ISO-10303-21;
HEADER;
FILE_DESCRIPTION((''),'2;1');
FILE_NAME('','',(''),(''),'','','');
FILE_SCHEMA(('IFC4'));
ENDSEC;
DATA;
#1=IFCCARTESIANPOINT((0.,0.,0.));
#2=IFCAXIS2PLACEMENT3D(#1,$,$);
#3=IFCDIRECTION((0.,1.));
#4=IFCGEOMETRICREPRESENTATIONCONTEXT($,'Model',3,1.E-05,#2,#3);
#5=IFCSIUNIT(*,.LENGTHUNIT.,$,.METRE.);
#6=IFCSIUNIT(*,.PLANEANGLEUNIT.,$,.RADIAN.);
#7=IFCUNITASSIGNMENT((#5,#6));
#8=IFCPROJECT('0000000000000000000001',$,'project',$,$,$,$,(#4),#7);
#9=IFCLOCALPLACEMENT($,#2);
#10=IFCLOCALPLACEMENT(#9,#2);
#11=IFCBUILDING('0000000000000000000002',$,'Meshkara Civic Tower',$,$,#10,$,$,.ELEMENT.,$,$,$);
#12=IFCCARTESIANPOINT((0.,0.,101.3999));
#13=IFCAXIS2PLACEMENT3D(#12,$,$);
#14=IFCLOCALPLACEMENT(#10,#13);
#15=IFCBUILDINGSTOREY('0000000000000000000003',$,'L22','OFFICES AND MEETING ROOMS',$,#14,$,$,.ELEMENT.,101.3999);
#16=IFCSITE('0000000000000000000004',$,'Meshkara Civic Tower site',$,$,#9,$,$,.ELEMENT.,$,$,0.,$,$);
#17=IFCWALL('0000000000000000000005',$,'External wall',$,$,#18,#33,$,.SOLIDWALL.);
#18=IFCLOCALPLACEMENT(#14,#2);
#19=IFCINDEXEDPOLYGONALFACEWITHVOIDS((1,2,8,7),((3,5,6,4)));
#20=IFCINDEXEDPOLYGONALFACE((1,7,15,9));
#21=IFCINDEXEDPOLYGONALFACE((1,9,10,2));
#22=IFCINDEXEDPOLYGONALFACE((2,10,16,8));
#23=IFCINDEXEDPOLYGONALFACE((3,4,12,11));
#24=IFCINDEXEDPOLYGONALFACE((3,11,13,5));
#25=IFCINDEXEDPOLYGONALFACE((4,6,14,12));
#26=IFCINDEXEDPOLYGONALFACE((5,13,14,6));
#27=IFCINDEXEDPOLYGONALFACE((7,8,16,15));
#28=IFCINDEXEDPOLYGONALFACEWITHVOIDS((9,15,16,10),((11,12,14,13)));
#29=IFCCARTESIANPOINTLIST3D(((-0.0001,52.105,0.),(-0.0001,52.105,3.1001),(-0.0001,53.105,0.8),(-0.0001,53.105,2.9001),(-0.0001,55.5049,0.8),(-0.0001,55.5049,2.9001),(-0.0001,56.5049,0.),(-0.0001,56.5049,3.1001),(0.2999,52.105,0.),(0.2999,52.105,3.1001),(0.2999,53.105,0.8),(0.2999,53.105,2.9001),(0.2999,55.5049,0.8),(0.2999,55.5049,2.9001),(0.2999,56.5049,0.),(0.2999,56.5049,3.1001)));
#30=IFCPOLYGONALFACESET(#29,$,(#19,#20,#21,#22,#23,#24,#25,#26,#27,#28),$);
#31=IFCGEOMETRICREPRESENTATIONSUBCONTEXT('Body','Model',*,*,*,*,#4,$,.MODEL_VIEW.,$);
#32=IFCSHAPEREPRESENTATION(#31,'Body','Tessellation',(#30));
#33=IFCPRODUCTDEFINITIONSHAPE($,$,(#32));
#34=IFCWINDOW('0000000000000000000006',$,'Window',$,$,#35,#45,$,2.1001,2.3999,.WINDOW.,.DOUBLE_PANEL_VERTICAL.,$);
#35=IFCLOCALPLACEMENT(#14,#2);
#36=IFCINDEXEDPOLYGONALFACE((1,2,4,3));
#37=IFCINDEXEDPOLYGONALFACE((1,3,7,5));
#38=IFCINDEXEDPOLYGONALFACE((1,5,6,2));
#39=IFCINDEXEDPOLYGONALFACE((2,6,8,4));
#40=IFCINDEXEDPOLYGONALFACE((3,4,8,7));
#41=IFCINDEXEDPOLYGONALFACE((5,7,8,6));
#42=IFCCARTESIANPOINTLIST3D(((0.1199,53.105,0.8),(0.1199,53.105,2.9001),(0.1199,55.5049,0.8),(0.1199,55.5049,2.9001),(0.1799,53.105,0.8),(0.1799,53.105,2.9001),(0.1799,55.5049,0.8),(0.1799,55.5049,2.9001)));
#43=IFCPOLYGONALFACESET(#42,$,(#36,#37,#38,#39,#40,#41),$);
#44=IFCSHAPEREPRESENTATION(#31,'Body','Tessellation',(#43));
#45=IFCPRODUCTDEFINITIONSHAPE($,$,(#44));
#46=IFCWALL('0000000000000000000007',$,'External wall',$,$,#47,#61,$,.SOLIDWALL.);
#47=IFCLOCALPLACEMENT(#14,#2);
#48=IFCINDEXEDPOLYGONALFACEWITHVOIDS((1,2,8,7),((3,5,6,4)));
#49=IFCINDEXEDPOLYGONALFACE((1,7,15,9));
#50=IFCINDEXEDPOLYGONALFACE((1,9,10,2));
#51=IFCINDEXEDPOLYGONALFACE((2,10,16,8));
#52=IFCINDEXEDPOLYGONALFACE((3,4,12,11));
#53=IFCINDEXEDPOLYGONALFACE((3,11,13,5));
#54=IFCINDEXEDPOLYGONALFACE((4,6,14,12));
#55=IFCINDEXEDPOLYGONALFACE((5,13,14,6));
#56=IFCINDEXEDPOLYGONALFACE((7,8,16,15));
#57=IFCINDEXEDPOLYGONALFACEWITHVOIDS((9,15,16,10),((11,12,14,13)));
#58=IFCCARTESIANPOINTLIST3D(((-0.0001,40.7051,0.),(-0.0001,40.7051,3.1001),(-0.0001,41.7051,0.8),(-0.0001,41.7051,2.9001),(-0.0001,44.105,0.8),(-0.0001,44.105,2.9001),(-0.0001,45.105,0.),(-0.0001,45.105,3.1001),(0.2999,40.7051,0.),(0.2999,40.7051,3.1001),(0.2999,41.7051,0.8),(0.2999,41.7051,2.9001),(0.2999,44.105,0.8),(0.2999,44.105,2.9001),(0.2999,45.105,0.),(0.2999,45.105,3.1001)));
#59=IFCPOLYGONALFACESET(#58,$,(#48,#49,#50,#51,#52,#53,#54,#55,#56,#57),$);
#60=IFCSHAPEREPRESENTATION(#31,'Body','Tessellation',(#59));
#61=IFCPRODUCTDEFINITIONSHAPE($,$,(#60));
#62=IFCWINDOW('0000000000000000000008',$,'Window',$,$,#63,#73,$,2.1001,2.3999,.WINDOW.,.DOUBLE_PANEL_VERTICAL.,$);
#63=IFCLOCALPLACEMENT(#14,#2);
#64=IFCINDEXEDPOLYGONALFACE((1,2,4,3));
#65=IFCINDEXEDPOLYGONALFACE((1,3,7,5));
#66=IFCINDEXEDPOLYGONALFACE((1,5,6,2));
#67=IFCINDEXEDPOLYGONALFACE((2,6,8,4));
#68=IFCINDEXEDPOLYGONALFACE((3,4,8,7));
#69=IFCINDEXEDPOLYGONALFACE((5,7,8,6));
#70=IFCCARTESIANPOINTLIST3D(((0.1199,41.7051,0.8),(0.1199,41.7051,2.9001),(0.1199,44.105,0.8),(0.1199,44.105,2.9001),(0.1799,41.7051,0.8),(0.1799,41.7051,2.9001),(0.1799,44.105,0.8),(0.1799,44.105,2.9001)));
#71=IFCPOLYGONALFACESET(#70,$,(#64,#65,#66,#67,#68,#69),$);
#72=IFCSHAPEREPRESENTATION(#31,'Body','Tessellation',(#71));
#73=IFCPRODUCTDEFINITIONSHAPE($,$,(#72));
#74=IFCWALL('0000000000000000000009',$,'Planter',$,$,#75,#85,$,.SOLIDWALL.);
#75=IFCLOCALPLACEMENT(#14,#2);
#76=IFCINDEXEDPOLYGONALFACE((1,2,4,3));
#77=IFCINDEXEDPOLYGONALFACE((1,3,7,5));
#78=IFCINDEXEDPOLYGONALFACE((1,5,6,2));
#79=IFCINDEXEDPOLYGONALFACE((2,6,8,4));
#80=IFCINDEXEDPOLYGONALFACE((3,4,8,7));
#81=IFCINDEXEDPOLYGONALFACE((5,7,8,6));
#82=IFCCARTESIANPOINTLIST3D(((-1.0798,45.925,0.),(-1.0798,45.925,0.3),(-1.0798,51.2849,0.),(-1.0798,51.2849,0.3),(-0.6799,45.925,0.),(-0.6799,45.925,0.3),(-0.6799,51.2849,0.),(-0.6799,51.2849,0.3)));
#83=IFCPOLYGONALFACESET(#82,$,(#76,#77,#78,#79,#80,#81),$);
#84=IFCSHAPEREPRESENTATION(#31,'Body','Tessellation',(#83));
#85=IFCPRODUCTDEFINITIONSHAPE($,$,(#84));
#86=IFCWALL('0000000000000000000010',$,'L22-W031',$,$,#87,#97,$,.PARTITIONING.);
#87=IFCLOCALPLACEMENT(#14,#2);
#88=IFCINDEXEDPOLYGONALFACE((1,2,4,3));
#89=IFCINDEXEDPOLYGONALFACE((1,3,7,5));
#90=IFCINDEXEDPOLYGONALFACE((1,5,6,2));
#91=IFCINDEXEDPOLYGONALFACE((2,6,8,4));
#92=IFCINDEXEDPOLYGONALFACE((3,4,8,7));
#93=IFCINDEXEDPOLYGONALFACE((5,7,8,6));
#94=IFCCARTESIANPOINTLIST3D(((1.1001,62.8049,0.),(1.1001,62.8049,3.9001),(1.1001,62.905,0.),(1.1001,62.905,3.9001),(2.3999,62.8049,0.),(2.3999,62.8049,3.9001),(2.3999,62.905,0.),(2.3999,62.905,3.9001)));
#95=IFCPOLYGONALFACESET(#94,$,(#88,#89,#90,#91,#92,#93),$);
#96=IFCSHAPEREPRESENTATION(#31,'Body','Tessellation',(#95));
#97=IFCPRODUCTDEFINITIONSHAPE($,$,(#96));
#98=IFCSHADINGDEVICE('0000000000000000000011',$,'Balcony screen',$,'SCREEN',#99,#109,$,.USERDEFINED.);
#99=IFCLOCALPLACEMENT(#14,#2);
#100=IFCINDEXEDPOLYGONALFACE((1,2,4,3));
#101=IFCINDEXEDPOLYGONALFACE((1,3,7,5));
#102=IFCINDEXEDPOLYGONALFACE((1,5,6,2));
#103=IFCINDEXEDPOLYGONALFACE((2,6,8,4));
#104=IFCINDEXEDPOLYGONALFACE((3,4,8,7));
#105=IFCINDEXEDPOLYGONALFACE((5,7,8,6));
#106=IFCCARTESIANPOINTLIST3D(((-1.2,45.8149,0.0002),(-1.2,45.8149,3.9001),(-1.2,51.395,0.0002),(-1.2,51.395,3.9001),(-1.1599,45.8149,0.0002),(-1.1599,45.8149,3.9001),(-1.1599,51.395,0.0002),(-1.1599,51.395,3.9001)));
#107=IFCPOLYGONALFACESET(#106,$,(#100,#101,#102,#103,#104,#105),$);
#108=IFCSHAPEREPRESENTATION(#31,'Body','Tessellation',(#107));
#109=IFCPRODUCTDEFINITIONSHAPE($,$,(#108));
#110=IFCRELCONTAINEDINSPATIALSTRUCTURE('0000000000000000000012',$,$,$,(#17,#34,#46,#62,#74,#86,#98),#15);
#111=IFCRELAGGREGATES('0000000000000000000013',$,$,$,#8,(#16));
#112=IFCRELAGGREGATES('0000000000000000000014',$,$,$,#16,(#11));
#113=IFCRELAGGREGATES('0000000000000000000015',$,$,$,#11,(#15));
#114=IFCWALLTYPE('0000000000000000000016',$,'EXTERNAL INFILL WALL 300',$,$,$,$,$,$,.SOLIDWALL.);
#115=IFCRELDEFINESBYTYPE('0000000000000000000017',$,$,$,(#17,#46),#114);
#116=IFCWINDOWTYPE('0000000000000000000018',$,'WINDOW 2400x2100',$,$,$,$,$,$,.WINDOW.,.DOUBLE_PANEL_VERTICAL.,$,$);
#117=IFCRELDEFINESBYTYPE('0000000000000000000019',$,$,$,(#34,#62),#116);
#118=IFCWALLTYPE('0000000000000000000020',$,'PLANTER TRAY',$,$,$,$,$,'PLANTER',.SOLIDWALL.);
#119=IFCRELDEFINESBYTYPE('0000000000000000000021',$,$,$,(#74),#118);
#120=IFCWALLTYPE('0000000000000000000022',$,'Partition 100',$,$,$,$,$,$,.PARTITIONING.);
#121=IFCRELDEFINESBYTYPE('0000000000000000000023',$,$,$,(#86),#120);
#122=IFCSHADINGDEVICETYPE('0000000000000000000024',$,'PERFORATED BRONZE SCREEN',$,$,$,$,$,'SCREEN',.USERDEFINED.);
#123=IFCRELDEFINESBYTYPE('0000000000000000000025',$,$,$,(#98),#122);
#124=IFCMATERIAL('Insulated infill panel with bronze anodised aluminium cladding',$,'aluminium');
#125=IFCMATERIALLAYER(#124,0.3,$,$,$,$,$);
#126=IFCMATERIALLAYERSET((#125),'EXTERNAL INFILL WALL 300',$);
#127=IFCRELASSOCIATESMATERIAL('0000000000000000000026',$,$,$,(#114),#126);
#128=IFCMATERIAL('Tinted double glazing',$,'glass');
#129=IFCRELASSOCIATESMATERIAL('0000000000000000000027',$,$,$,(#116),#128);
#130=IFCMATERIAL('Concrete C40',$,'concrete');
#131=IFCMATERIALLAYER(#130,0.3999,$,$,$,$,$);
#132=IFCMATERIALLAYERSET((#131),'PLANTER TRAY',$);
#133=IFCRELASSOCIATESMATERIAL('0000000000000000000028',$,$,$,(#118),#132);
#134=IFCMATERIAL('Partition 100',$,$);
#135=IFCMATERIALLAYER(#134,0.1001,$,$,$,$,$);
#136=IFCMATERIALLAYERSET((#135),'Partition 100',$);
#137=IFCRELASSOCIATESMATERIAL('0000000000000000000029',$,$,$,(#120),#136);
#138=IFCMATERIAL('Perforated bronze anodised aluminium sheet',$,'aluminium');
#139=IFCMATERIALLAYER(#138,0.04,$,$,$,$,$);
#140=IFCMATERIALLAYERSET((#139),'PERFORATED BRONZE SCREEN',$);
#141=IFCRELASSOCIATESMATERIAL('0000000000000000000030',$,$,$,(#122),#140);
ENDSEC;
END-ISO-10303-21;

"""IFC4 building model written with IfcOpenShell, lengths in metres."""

from ifc_helpers import new_model, si_unit, direction, frame, frame_2d, origin, origin_2d, place, context, subcontext, project, spatial, rectangle, extrude, material, layer, layer_set, type_object, element, fill, save


model = new_model("IFC4")

# Units and contexts
model_context = context("Model", 3, precision=1e-05, world=origin(), true_north=direction((0.0, 1.0)))
body_context = subcontext(model_context, "Body", "Model", "MODEL_VIEW")
ifc_project = project(units=[si_unit("LENGTHUNIT", "METRE"), si_unit("PLANEANGLEUNIT", "RADIAN")], contexts=[model_context])

# Site, building, storey
site_placement = place(None, origin())
site = spatial("IfcSite", under=ifc_project, at=site_placement, Name="Meshkara Civic Tower site", CompositionType="ELEMENT", RefElevation=0.0)
building_placement = place(site_placement, origin())
building = spatial("IfcBuilding", under=site, at=building_placement, Name="Meshkara Civic Tower", CompositionType="ELEMENT")
storey_placement = place(building_placement, frame((0.0, 0.0, 101.3999)))
storey = spatial("IfcBuildingStorey", under=building, at=storey_placement, Name="L22", Description="OFFICES AND MEETING ROOMS", CompositionType="ELEMENT", Elevation=101.3999)

# Walls, openings, windows
ifc_material_1 = material(Name="Insulated infill panel with bronze anodised aluminium cladding", Category="aluminium")
ifc_layer_1 = layer(ifc_material_1, 0.3)
ifc_layer_set_1 = layer_set([ifc_layer_1], Name="EXTERNAL INFILL WALL 300")
wall_type_1 = type_object("IfcWallType", Name="EXTERNAL INFILL WALL 300", PredefinedType="SOLIDWALL", material=ifc_layer_set_1)
ifc_material_2 = material(Name="Tinted double glazing", Category="glass")
window_type = type_object("IfcWindowType", Name="WINDOW 2400x2100", PartitioningType="DOUBLE_PANEL_VERTICAL", PredefinedType="WINDOW", material=ifc_material_2)
wall_1_placement = place(storey_placement, frame((0.1499, 56.5049, 0.0), z_axis=(0.0, 0.0, 1.0), x_axis=(0.0, -1.0, 0.0)))
wall_1 = element("IfcWall", 1, at=wall_1_placement, inside=storey, type_object=wall_type_1, Name="External wall", PredefinedType="SOLIDWALL", context=body_context, shape_type="SweptSolid", body=[
    extrude(rectangle(XDim=4.3999, YDim=0.3, at=frame_2d((2.2, 0.0))), origin(), (0.0, 0.0, 1.0), 3.1001),
])
opening_1_placement = place(wall_1_placement, frame((1.0, 0.0, 0.8)))
opening_1 = element("IfcOpeningElement", 2, at=opening_1_placement, cuts=wall_1, PredefinedType="OPENING", context=body_context, shape_type="SweptSolid", body=[
    extrude(rectangle(XDim=2.3999, YDim=2.1001, at=frame_2d((1.2, 1.05))), frame((0.0, 0.1599, 0.0), z_axis=(0.0, -1.0, 0.0), x_axis=(1.0, 0.0, 0.0)), (0.0, 0.0, 1.0), 0.3201),
])
window_1_placement = place(opening_1_placement, origin())
window_1 = element("IfcWindow", 3, at=window_1_placement, inside=storey, type_object=window_type, Name="Window", OverallHeight=2.1001, OverallWidth=2.3999, PartitioningType="DOUBLE_PANEL_VERTICAL", PredefinedType="WINDOW", context=body_context, shape_type="SweptSolid", body=[
    extrude(rectangle(XDim=2.3999, YDim=2.1001, at=frame_2d((1.2, 1.05))), frame((0.0, 0.03, 0.0), z_axis=(0.0, -1.0, 0.0), x_axis=(1.0, 0.0, 0.0)), (0.0, 0.0, 1.0), 0.0601),
])
fill(opening_1, window_1)
wall_2_placement = place(storey_placement, frame((0.1499, 45.105, 0.0), z_axis=(0.0, 0.0, 1.0), x_axis=(0.0, -1.0, 0.0)))
wall_2 = element("IfcWall", 4, at=wall_2_placement, inside=storey, type_object=wall_type_1, Name="External wall", PredefinedType="SOLIDWALL", context=body_context, shape_type="SweptSolid", body=[
    extrude(rectangle(XDim=4.3999, YDim=0.3, at=frame_2d((2.2, 0.0))), origin(), (0.0, 0.0, 1.0), 3.1001),
])
opening_2_placement = place(wall_2_placement, frame((1.0, 0.0, 0.8)))
opening_2 = element("IfcOpeningElement", 5, at=opening_2_placement, cuts=wall_2, PredefinedType="OPENING", context=body_context, shape_type="SweptSolid", body=[
    extrude(rectangle(XDim=2.3999, YDim=2.1001, at=frame_2d((1.2, 1.05))), frame((0.0, 0.1599, 0.0), z_axis=(0.0, -1.0, 0.0), x_axis=(1.0, 0.0, 0.0)), (0.0, 0.0, 1.0), 0.3201),
])
window_2_placement = place(opening_2_placement, origin())
window_2 = element("IfcWindow", 6, at=window_2_placement, inside=storey, type_object=window_type, Name="Window", OverallHeight=2.1001, OverallWidth=2.3999, PartitioningType="DOUBLE_PANEL_VERTICAL", PredefinedType="WINDOW", context=body_context, shape_type="SweptSolid", body=[
    extrude(rectangle(XDim=2.3999, YDim=2.1001, at=frame_2d((1.2, 1.05))), frame((0.0, 0.03, 0.0), z_axis=(0.0, -1.0, 0.0), x_axis=(1.0, 0.0, 0.0)), (0.0, 0.0, 1.0), 0.0601),
])
fill(opening_2, window_2)

# Walls
ifc_material_3 = material(Name="Concrete C40", Category="concrete")
ifc_layer_2 = layer(ifc_material_3, 0.3999)
ifc_layer_set_2 = layer_set([ifc_layer_2], Name="PLANTER TRAY")
wall_type_2 = type_object("IfcWallType", Name="PLANTER TRAY", ElementType="PLANTER", PredefinedType="SOLIDWALL", material=ifc_layer_set_2)
wall_3_placement = place(storey_placement, frame((-0.8799, 51.2849, 0.0), z_axis=(0.0, 0.0, 1.0), x_axis=(0.0, -1.0, 0.0)))
element("IfcWall", 7, at=wall_3_placement, inside=storey, type_object=wall_type_2, Name="Planter", PredefinedType="SOLIDWALL", context=body_context, shape_type="SweptSolid", body=[
    extrude(rectangle(XDim=5.3599, YDim=0.3999, at=frame_2d((2.6799, 0.0))), origin(), (0.0, 0.0, 1.0), 0.3),
])
ifc_material_4 = material(Name="Partition 100")
ifc_layer_3 = layer(ifc_material_4, 0.1001)
ifc_layer_set_3 = layer_set([ifc_layer_3], Name="Partition 100")
wall_type_3 = type_object("IfcWallType", Name="Partition 100", PredefinedType="PARTITIONING", material=ifc_layer_set_3)
wall_4_placement = place(storey_placement, frame((2.3999, 62.855, 0.0), z_axis=(0.0, 0.0, 1.0), x_axis=(-1.0, 0.0, 0.0)))
element("IfcWall", 8, at=wall_4_placement, inside=storey, type_object=wall_type_3, Name="L22-W031", PredefinedType="PARTITIONING", context=body_context, shape_type="SweptSolid", body=[
    extrude(rectangle(XDim=1.2998, YDim=0.1001, at=frame_2d((0.6499, 0.0))), origin(), (0.0, 0.0, 1.0), 3.9001),
])

# Shading device
ifc_material_5 = material(Name="Perforated bronze anodised aluminium sheet", Category="aluminium")
ifc_layer_4 = layer(ifc_material_5, 0.04)
ifc_layer_set_4 = layer_set([ifc_layer_4], Name="PERFORATED BRONZE SCREEN")
shading_device_type = type_object("IfcShadingDeviceType", Name="PERFORATED BRONZE SCREEN", ElementType="SCREEN", PredefinedType="USERDEFINED", material=ifc_layer_set_4)
shading_device_placement = place(storey_placement, frame((-1.1799, 48.605, 0.0002), z_axis=(0.0, 0.0, 1.0), x_axis=(0.0, -1.0, 0.0)))
element("IfcShadingDevice", 9, at=shading_device_placement, inside=storey, type_object=shading_device_type, Name="Balcony screen", ObjectType="SCREEN", PredefinedType="USERDEFINED", context=body_context, shape_type="SweptSolid", body=[
    extrude(rectangle(XDim=5.5801, YDim=0.04, at=origin_2d()), origin(), (0.0, 0.0, 1.0), 3.8999),
])

save(model, "model.ifc")
